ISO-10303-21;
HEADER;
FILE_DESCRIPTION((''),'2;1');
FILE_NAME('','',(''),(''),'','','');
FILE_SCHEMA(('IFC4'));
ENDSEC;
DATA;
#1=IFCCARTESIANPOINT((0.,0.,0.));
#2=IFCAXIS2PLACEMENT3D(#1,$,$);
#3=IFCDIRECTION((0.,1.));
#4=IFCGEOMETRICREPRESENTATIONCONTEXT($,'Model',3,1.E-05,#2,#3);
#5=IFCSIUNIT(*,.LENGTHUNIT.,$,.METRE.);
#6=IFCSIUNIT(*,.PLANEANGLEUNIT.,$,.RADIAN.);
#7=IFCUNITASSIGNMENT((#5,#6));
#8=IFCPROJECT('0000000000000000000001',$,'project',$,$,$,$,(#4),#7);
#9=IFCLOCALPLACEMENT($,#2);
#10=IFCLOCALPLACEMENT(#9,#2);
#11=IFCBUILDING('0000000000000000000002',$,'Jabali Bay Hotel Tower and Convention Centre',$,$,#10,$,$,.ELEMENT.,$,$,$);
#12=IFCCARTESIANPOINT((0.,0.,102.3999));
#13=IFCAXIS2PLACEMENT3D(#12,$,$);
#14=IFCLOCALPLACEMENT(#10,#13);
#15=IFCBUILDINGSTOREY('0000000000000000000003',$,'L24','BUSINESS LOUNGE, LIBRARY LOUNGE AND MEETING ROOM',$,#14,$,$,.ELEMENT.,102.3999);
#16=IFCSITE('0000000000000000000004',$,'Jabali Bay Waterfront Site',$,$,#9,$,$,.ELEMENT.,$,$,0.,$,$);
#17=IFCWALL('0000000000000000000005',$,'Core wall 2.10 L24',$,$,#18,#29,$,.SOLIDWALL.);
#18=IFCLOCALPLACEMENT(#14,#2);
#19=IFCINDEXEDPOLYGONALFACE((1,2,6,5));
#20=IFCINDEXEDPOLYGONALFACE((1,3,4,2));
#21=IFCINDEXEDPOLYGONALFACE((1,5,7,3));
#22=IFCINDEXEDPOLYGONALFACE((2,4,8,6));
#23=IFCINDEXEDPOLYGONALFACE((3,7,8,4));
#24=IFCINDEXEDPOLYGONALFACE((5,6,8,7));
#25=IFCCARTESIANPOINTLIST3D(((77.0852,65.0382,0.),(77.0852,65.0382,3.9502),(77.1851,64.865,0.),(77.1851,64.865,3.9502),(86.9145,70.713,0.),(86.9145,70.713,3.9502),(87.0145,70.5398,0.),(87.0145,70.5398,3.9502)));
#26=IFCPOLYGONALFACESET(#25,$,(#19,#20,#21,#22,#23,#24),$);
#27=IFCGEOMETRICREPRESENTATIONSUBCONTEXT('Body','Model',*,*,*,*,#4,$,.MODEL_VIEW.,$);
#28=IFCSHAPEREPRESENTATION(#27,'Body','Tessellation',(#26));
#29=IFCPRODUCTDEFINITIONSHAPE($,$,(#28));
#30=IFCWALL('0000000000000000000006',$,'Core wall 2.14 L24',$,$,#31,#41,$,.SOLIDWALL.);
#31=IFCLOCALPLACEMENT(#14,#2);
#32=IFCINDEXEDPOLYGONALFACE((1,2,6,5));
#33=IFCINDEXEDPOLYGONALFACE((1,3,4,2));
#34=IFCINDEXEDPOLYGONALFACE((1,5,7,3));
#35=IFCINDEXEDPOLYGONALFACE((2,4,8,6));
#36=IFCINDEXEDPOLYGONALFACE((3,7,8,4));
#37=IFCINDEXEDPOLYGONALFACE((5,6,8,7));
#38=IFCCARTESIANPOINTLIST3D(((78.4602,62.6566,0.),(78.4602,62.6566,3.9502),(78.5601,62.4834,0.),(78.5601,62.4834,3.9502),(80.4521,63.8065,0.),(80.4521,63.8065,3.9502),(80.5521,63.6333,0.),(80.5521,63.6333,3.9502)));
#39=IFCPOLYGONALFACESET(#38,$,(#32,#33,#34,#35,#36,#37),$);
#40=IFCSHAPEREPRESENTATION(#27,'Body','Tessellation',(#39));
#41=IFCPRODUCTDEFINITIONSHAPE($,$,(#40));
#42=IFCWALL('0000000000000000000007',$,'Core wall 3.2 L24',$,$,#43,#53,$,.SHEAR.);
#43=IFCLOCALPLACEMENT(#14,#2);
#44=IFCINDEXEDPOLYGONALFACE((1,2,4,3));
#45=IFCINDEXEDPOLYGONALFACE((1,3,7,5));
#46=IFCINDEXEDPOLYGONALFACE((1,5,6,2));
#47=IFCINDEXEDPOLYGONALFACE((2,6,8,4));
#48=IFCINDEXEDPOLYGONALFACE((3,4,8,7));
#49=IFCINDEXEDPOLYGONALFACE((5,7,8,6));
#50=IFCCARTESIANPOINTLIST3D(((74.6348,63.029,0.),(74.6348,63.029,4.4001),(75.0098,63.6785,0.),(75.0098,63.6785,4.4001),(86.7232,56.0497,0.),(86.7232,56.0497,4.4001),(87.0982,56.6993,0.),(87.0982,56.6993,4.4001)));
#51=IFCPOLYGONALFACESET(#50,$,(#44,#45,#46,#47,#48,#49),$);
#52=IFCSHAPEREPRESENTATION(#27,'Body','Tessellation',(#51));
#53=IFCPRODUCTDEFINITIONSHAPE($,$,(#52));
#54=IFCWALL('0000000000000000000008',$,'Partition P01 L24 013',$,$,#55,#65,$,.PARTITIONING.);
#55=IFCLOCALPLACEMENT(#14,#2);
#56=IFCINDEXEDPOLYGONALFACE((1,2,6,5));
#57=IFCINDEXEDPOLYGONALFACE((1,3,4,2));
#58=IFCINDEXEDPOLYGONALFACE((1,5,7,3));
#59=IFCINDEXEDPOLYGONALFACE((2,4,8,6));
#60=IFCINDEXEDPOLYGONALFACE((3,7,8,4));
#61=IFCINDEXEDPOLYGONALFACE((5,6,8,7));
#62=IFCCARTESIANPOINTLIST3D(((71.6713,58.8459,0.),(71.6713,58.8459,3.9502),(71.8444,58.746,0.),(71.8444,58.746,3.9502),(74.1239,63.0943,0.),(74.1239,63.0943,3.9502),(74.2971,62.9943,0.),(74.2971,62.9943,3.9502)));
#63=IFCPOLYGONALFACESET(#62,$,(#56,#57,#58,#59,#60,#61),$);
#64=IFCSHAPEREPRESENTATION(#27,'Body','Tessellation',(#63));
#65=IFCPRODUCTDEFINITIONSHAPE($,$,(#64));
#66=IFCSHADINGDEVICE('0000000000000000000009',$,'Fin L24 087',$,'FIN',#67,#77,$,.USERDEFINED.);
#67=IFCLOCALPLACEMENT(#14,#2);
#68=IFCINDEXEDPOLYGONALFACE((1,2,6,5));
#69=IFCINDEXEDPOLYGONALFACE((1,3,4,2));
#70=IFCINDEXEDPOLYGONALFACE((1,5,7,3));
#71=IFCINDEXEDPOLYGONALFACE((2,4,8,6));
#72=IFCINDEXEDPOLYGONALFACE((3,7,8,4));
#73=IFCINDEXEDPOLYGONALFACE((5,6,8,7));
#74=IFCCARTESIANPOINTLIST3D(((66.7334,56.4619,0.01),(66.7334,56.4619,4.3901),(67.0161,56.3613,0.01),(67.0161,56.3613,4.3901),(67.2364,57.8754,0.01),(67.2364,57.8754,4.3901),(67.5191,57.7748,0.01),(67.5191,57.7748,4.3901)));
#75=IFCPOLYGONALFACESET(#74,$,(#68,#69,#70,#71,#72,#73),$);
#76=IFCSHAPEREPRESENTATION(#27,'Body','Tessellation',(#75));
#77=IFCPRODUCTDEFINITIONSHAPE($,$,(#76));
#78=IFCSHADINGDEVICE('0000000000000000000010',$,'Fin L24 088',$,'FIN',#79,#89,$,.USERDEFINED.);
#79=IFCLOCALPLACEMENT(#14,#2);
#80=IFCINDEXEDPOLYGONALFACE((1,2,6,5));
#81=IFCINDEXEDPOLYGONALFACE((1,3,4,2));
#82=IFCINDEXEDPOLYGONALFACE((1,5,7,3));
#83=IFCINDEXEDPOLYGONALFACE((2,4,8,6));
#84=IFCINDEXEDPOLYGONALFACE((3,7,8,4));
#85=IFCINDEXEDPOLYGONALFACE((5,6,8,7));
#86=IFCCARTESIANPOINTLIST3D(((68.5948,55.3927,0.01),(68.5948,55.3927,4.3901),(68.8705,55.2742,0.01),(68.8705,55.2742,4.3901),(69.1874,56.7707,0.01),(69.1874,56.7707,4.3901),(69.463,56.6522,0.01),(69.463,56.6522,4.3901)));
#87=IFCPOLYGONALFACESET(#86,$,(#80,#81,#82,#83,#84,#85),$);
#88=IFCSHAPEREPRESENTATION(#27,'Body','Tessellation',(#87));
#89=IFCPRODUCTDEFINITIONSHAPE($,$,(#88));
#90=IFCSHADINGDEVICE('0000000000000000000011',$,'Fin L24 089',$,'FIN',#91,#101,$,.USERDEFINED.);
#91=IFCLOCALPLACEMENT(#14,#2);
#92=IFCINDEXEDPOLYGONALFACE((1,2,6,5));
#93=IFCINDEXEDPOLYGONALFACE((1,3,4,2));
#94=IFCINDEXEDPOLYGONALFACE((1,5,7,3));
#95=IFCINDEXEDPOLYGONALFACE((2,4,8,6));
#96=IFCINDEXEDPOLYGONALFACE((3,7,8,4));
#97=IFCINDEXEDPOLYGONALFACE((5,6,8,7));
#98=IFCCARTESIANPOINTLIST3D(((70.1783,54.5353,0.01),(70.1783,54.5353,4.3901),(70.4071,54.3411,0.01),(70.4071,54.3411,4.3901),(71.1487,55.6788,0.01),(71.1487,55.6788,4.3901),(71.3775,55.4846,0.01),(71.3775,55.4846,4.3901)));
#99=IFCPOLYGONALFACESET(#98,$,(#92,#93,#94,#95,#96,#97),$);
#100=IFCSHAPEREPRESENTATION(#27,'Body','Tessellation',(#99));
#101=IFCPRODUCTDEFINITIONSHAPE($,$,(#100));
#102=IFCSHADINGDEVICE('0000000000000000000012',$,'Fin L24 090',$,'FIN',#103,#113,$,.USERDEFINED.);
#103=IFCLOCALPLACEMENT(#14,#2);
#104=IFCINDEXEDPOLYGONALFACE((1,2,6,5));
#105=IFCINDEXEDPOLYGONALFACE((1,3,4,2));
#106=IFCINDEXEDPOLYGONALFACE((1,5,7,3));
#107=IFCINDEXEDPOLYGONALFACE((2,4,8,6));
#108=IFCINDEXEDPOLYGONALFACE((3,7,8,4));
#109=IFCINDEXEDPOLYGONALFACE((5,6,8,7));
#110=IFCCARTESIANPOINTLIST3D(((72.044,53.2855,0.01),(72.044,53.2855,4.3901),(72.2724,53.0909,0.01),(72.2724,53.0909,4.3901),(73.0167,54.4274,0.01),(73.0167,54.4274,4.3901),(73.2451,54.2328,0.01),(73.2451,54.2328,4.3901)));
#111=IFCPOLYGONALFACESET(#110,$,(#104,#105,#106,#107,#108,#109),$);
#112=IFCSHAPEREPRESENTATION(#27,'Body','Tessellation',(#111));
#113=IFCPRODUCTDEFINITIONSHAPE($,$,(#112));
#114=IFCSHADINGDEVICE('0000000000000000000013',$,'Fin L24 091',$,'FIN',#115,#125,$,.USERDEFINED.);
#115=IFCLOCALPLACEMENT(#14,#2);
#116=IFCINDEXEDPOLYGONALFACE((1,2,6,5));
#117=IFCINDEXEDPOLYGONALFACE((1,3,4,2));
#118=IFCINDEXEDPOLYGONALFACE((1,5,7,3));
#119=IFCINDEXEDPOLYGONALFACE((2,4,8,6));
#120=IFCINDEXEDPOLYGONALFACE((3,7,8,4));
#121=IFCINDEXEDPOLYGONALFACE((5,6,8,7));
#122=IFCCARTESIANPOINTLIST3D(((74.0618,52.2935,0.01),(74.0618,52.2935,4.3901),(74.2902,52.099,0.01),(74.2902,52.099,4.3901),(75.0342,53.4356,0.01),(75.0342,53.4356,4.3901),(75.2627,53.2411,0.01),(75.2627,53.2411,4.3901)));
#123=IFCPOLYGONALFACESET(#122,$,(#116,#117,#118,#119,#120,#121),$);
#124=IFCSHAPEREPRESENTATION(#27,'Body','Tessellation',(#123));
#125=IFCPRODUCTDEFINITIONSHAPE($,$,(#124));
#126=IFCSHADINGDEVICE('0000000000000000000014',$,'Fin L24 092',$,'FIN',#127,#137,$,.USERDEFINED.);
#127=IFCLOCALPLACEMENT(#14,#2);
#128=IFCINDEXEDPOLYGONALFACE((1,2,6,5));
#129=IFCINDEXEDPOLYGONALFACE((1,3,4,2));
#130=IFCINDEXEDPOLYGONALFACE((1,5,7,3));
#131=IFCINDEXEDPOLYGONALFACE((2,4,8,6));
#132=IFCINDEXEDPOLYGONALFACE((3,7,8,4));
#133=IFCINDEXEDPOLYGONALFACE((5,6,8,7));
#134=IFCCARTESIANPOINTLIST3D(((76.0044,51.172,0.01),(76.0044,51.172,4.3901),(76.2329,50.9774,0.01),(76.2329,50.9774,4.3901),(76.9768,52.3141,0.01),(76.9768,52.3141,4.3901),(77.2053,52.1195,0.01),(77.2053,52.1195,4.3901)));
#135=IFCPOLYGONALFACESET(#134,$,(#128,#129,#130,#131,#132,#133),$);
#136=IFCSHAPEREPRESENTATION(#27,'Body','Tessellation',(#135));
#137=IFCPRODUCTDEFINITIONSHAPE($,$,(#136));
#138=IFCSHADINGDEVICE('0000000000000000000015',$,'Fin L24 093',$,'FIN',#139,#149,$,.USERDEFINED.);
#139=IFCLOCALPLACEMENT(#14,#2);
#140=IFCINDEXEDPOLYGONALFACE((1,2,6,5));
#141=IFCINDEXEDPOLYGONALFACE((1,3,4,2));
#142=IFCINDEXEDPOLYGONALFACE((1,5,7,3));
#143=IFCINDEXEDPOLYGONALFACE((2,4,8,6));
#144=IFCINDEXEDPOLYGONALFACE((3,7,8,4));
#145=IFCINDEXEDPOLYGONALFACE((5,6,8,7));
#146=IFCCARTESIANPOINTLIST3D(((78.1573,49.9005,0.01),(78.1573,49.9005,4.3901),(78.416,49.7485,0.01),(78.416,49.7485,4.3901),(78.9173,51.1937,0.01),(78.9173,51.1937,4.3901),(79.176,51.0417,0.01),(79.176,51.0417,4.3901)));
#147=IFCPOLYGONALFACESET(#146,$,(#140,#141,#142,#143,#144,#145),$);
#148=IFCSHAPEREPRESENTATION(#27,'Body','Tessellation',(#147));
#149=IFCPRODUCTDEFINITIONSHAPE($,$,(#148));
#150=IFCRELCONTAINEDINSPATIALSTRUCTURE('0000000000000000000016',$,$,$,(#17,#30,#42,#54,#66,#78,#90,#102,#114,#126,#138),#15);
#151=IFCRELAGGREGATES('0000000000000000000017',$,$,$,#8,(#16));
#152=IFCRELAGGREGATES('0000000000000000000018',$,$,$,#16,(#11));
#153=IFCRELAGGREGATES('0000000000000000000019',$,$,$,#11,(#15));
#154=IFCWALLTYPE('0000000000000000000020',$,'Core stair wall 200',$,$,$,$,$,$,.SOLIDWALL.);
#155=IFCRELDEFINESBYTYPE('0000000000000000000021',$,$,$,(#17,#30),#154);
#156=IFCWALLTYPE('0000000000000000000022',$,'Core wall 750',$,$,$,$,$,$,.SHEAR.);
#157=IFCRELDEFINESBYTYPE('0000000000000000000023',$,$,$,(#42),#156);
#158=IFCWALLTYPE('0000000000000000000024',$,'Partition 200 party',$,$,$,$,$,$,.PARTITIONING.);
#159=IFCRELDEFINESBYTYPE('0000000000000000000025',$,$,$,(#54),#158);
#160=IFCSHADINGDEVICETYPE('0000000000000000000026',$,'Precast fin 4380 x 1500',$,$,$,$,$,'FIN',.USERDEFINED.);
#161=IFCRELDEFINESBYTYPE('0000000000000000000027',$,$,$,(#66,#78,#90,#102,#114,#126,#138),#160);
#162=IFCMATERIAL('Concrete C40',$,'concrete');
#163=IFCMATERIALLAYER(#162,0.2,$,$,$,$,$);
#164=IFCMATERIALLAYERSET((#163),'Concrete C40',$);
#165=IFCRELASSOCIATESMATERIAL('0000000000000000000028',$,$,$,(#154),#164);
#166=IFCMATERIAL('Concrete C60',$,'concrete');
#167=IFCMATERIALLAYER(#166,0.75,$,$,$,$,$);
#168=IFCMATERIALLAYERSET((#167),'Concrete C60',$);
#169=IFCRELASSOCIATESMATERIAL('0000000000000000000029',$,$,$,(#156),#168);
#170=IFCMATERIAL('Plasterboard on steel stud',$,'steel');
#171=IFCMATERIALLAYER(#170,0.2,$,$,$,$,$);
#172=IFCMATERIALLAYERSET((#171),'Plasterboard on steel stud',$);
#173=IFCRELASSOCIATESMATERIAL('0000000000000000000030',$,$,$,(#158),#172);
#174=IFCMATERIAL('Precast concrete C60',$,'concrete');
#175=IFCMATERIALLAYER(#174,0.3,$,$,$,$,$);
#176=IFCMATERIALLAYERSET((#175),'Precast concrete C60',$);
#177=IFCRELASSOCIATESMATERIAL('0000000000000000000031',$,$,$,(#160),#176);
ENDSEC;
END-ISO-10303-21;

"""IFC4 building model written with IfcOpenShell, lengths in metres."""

from ifc_helpers import new_model, si_unit, direction, frame, frame_2d, origin, place, context, subcontext, project, spatial, rectangle, extrude, material, layer, layer_set, type_object, element, save


model = new_model("IFC4")

# Units and contexts
model_context = context("Model", 3, precision=1e-05, world=origin(), true_north=direction((0.0, 1.0)))
body_context = subcontext(model_context, "Body", "Model", "MODEL_VIEW")
ifc_project = project(units=[si_unit("LENGTHUNIT", "METRE"), si_unit("PLANEANGLEUNIT", "RADIAN")], contexts=[model_context])

# Site, building, storey
site_placement = place(None, origin())
site = spatial("IfcSite", under=ifc_project, at=site_placement, Name="Jabali Bay Waterfront Site", CompositionType="ELEMENT", RefElevation=0.0)
building_placement = place(site_placement, origin())
building = spatial("IfcBuilding", under=site, at=building_placement, Name="Jabali Bay Hotel Tower and Convention Centre", CompositionType="ELEMENT")
storey_placement = place(building_placement, frame((0.0, 0.0, 102.3999)))
storey = spatial("IfcBuildingStorey", under=building, at=storey_placement, Name="L24", Description="BUSINESS LOUNGE, LIBRARY LOUNGE AND MEETING ROOM", CompositionType="ELEMENT", Elevation=102.3999)

# Shared definitions
ifc_material_1 = material(Name="Concrete C60", Category="concrete")

# Shared definitions
ifc_material_2 = material(Name="Concrete C40", Category="concrete")

# Walls
ifc_layer_1 = layer(ifc_material_2, 0.2)
ifc_layer_set_1 = layer_set([ifc_layer_1], Name="Concrete C40")
wall_type_1 = type_object("IfcWallType", Name="Core stair wall 200", PredefinedType="SOLIDWALL", material=ifc_layer_set_1)
wall_1_placement = place(storey_placement, frame((77.1353, 64.9517, 0.0), z_axis=(0.0, 0.0, 1.0), x_axis=(0.866032, 0.499989, 0.0)))
element("IfcWall", 1, at=wall_1_placement, inside=storey, type_object=wall_type_1, Name="Core wall 2.10 L24", PredefinedType="SOLIDWALL", context=body_context, shape_type="SweptSolid", body=[
    extrude(rectangle(XDim=11.3499, YDim=0.2, at=frame_2d((5.6748, 0.0))), origin(), (0.0, 0.0, 1.0), 3.9502),
])
wall_2_placement = place(storey_placement, frame((78.5103, 62.5701, 0.0), z_axis=(0.0, 0.0, 1.0), x_axis=(0.866053, 0.499952, 0.0)))
element("IfcWall", 2, at=wall_2_placement, inside=storey, type_object=wall_type_1, Name="Core wall 2.14 L24", PredefinedType="SOLIDWALL", context=body_context, shape_type="SweptSolid", body=[
    extrude(rectangle(XDim=2.3, YDim=0.2, at=frame_2d((1.1499, 0.0))), origin(), (0.0, 0.0, 1.0), 3.9502),
])
ifc_layer_2 = layer(ifc_material_1, 0.75)
ifc_layer_set_2 = layer_set([ifc_layer_2], Name="Concrete C60")
wall_type_2 = type_object("IfcWallType", Name="Core wall 750", PredefinedType="SHEAR", material=ifc_layer_set_2)
wall_3_placement = place(storey_placement, frame((74.8223, 63.3538, 0.0), z_axis=(0.0, 0.0, 1.0), x_axis=(0.866025, -0.500001, 0.0)))
element("IfcWall", 3, at=wall_3_placement, inside=storey, type_object=wall_type_2, Name="Core wall 3.2 L24", PredefinedType="SHEAR", context=body_context, shape_type="SweptSolid", body=[
    extrude(rectangle(XDim=13.9585, YDim=0.75, at=frame_2d((6.9792, 0.0))), origin(), (0.0, 0.0, 1.0), 4.4001),
])
ifc_material_3 = material(Name="Plasterboard on steel stud", Category="steel")
ifc_layer_3 = layer(ifc_material_3, 0.2)
ifc_layer_set_3 = layer_set([ifc_layer_3], Name="Plasterboard on steel stud")
wall_type_3 = type_object("IfcWallType", Name="Partition 200 party", PredefinedType="PARTITIONING", material=ifc_layer_set_3)
wall_4_placement = place(storey_placement, frame((74.2104, 63.0442, 0.0), z_axis=(0.0, 0.0, 1.0), x_axis=(-0.499982, -0.866036, 0.0)))
element("IfcWall", 4, at=wall_4_placement, inside=storey, type_object=wall_type_3, Name="Partition P01 L24 013", PredefinedType="PARTITIONING", context=body_context, shape_type="SweptSolid", body=[
    extrude(rectangle(XDim=4.9055, YDim=0.2, at=frame_2d((2.4526, 0.0))), origin(), (0.0, 0.0, 1.0), 3.9502),
])

# Shading devices
ifc_material_4 = material(Name="Precast concrete C60", Category="concrete")
ifc_layer_4 = layer(ifc_material_4, 0.3)
ifc_layer_set_4 = layer_set([ifc_layer_4], Name="Precast concrete C60")
shading_device_type = type_object("IfcShadingDeviceType", Name="Precast fin 4380 x 1500", ElementType="FIN", PredefinedType="USERDEFINED", material=ifc_layer_set_4)
shading_device_1_placement = place(storey_placement, frame((67.3777, 57.825, 0.01), z_axis=(0.0, 0.0, 1.0), x_axis=(-0.335254, -0.942128, 0.0)))
element("IfcShadingDevice", 5, at=shading_device_1_placement, inside=storey, type_object=shading_device_type, Name="Fin L24 087", ObjectType="FIN", PredefinedType="USERDEFINED", context=body_context, shape_type="SweptSolid", body=[
    extrude(rectangle(XDim=1.5002, YDim=0.3, at=frame_2d((0.75, 0.0))), origin(), (0.0, 0.0, 1.0), 4.3801),
])
shading_device_2_placement = place(storey_placement, frame((69.3252, 56.7114, 0.01), z_axis=(0.0, 0.0, 1.0), x_axis=(-0.395039, -0.918664, 0.0)))
element("IfcShadingDevice", 6, at=shading_device_2_placement, inside=storey, type_object=shading_device_type, Name="Fin L24 088", ObjectType="FIN", PredefinedType="USERDEFINED", context=body_context, shape_type="SweptSolid", body=[
    extrude(rectangle(XDim=1.5, YDim=0.3, at=frame_2d((0.75, 0.0))), origin(), (0.0, 0.0, 1.0), 4.3801),
])
shading_device_3_placement = place(storey_placement, frame((71.2632, 55.5818, 0.01), z_axis=(0.0, 0.0, 1.0), x_axis=(-0.647043, -0.762453, 0.0)))
element("IfcShadingDevice", 7, at=shading_device_3_placement, inside=storey, type_object=shading_device_type, Name="Fin L24 089", ObjectType="FIN", PredefinedType="USERDEFINED", context=body_context, shape_type="SweptSolid", body=[
    extrude(rectangle(XDim=1.4998, YDim=0.3, at=frame_2d((0.75, 0.0))), origin(), (0.0, 0.0, 1.0), 4.3801),
])
for number, where, z_axis, x_axis, name in (
    (8, (73.1309, 54.3301, 0.01), (0.0, 0.0, 1.0), (-0.648456, -0.761252, 0.0), "Fin L24 090"),
    (9, (75.1484, 53.3384, 0.01), (0.0, 0.0, 1.0), (-0.648281, -0.761401, 0.0), "Fin L24 091"),
    (10, (77.0911, 52.2168, 0.01), (0.0, 0.0, 1.0), (-0.648281, -0.761401, 0.0), "Fin L24 092"),
    (11, (79.0466, 51.1177, 0.01), (0.0, 0.0, 1.0), (-0.506672, -0.862139, 0.0), "Fin L24 093"),
):
    element("IfcShadingDevice", number, at=place(storey_placement, frame(where, z_axis=z_axis, x_axis=x_axis)), inside=storey, type_object=shading_device_type, Name=name, ObjectType="FIN", PredefinedType="USERDEFINED", context=body_context, shape_type="SweptSolid", body=[
        extrude(rectangle(XDim=1.5, YDim=0.3, at=frame_2d((0.75, 0.0))), origin(), (0.0, 0.0, 1.0), 4.3801),
    ])

save(model, "model.ifc")
